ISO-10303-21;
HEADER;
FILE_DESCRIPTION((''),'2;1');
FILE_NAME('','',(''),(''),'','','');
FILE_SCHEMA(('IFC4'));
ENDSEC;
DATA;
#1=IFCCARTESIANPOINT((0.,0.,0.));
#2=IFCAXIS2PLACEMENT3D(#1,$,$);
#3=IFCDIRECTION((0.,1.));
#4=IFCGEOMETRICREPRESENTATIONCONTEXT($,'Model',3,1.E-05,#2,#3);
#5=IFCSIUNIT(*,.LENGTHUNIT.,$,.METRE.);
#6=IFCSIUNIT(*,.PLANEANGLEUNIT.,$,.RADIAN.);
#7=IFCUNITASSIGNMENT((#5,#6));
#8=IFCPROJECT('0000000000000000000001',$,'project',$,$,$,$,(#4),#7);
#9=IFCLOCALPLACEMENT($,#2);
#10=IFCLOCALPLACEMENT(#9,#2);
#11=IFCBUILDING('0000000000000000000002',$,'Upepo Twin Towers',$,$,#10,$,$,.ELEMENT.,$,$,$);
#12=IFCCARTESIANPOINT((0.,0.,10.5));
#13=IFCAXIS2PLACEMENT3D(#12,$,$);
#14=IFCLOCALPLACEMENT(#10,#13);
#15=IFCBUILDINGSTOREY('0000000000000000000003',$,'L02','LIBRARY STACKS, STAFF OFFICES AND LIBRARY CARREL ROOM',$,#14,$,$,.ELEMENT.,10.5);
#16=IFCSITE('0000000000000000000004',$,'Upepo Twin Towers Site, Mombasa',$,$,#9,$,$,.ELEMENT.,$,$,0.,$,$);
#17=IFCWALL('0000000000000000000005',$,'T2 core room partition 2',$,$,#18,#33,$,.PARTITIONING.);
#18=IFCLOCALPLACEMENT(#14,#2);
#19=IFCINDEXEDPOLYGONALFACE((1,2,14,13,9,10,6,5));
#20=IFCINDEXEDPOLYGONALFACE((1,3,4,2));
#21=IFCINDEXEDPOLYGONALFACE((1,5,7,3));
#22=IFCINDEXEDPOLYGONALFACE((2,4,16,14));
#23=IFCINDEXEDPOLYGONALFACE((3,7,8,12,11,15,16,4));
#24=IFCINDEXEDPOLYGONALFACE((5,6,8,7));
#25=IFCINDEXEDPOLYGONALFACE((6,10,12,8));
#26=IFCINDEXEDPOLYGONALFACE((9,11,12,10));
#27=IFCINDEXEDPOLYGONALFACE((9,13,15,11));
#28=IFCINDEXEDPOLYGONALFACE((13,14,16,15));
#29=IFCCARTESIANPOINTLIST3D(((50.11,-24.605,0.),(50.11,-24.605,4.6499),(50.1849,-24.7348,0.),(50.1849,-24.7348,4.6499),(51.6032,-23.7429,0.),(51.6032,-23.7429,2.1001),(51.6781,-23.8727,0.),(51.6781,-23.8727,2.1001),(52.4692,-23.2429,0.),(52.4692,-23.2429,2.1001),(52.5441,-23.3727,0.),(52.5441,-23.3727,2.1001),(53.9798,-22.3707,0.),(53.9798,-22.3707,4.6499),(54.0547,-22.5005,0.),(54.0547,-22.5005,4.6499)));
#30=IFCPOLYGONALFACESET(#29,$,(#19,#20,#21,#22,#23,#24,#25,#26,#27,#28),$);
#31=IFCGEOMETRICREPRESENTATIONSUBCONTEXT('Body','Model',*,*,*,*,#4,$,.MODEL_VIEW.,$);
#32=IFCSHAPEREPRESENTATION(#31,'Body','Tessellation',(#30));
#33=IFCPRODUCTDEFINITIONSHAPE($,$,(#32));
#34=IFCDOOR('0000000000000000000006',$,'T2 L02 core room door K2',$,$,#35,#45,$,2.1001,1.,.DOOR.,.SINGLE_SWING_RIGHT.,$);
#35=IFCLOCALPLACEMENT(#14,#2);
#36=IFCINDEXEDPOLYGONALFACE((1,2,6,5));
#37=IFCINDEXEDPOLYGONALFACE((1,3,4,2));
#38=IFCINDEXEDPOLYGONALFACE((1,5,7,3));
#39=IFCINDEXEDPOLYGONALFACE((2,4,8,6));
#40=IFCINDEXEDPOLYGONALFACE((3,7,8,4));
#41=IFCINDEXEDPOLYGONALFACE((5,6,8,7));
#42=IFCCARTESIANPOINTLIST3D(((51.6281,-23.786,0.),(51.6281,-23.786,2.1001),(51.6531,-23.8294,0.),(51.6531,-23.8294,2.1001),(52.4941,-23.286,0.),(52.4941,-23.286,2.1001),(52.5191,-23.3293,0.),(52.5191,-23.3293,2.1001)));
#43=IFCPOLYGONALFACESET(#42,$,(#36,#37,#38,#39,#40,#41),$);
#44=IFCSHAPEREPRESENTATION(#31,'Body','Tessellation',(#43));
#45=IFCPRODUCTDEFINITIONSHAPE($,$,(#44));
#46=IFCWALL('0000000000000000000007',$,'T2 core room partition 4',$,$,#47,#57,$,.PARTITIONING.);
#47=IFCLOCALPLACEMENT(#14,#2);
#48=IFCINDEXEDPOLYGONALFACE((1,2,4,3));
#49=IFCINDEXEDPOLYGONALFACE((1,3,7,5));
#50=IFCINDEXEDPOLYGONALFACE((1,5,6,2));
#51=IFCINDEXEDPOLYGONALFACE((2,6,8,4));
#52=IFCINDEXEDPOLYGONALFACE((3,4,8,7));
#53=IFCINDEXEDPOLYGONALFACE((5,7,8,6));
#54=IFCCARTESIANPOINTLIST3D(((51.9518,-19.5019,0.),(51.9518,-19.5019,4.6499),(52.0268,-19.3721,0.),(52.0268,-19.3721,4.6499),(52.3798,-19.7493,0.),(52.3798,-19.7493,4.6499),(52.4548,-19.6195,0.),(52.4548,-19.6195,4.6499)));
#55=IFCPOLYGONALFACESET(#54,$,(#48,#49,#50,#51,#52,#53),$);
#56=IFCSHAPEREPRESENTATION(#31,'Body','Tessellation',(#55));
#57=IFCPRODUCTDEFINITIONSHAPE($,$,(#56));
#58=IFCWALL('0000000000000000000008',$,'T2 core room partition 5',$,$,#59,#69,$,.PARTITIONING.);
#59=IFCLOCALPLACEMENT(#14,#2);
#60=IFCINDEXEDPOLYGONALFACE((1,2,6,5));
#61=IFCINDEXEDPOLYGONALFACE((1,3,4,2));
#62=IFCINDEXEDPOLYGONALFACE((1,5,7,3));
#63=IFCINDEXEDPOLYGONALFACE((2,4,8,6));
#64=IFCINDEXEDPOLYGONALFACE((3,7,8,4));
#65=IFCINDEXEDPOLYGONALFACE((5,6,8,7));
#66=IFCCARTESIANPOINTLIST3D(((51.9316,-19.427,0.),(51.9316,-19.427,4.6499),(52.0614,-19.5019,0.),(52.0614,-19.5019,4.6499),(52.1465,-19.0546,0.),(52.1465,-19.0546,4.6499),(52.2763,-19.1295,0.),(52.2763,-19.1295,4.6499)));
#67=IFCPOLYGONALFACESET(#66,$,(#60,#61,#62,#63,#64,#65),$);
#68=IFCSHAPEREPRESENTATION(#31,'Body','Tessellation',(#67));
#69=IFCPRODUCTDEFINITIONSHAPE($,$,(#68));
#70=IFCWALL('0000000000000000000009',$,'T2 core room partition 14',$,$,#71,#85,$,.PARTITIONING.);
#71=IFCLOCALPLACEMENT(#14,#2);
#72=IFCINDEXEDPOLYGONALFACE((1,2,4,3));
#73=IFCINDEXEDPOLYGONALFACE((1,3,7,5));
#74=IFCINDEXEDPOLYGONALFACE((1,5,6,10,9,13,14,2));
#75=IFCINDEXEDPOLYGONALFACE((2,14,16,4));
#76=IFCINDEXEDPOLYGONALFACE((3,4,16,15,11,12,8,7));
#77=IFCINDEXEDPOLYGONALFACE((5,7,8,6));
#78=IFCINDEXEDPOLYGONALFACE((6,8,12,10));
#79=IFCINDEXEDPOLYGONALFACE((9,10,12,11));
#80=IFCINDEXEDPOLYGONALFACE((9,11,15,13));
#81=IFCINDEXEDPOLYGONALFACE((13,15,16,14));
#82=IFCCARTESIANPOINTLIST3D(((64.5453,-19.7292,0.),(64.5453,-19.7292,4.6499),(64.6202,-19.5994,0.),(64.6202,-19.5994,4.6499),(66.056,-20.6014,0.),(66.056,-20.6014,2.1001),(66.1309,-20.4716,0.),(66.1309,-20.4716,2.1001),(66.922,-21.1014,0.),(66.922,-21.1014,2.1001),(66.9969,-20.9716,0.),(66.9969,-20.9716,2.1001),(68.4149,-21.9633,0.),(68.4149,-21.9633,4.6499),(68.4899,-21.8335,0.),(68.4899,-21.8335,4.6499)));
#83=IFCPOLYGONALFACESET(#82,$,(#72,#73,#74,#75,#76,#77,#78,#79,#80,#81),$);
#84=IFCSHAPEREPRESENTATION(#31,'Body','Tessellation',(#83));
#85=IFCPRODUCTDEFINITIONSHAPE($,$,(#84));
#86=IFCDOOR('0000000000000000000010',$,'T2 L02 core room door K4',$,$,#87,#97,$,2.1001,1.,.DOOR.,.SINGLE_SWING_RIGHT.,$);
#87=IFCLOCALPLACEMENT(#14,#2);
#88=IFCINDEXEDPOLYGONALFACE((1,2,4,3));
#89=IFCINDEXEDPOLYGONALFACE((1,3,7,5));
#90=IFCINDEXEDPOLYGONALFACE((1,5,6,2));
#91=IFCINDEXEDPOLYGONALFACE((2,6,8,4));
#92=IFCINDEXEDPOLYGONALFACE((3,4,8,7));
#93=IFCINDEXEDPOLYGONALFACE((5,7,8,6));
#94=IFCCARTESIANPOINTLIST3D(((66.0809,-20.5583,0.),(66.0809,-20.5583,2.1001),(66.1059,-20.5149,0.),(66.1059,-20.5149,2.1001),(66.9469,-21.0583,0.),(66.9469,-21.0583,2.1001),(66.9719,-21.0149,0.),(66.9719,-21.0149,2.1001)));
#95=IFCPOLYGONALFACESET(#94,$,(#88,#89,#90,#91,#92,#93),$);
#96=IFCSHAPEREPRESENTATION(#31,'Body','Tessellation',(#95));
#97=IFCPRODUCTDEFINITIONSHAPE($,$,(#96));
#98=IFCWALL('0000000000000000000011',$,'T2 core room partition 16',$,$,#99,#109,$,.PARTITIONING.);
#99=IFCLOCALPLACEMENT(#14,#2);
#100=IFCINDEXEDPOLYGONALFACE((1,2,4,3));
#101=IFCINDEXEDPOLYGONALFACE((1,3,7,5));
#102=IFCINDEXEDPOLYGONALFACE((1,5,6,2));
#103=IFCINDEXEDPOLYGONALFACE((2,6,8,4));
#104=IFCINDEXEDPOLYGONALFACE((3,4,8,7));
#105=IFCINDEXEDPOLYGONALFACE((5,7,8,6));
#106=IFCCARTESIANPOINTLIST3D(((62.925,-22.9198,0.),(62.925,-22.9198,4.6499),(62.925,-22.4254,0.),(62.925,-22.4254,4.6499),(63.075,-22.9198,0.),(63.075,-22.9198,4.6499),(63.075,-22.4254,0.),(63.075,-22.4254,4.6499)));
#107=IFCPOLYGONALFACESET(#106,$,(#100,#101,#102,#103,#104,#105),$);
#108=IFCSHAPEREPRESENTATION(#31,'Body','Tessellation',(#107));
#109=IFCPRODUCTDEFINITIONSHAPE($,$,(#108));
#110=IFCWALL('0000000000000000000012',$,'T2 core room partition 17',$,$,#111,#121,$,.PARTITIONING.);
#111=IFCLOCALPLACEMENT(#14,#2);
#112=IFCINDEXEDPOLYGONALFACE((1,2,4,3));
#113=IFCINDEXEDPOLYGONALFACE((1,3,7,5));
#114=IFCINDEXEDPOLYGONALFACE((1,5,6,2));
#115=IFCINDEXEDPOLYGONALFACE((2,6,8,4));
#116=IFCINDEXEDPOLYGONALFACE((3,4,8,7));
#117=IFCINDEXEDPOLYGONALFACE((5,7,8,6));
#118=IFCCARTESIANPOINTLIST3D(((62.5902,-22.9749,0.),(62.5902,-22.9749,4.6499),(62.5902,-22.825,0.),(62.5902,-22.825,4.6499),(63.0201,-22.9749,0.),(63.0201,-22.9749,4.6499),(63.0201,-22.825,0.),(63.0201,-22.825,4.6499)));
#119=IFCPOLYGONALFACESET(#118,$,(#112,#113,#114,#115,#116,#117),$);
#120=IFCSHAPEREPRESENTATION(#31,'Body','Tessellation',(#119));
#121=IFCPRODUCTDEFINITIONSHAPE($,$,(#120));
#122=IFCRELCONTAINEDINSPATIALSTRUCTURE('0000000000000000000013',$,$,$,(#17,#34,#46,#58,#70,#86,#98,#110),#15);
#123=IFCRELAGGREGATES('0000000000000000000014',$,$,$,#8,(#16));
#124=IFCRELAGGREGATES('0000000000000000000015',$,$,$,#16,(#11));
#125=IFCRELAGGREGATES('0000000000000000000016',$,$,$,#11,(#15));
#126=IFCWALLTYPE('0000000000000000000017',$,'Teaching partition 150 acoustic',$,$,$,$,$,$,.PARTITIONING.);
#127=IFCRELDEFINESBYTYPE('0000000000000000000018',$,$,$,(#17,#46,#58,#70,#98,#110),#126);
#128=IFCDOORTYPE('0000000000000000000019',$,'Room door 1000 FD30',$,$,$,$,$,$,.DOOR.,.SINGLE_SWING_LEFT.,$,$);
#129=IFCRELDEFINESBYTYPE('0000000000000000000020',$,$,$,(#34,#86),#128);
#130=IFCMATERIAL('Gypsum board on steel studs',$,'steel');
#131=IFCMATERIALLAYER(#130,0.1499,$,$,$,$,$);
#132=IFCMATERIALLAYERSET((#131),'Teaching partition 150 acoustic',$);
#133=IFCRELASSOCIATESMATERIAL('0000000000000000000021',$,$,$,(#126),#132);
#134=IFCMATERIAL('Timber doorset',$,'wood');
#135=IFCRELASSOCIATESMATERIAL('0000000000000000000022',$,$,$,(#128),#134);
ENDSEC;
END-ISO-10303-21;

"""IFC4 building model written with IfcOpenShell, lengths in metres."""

from ifc_helpers import new_model, si_unit, direction, frame, frame_2d, origin, place, context, subcontext, project, spatial, rectangle, extrude, material, layer, layer_set, type_object, element, fill, save


model = new_model("IFC4")

# Units and contexts
model_context = context("Model", 3, precision=1e-05, world=origin(), true_north=direction((0.0, 1.0)))
body_context = subcontext(model_context, "Body", "Model", "MODEL_VIEW")
ifc_project = project(units=[si_unit("LENGTHUNIT", "METRE"), si_unit("PLANEANGLEUNIT", "RADIAN")], contexts=[model_context])

# Site, building, storey
site_placement = place(None, origin())
site = spatial("IfcSite", under=ifc_project, at=site_placement, Name="Upepo Twin Towers Site, Mombasa", CompositionType="ELEMENT", RefElevation=0.0)
building_placement = place(site_placement, origin())
building = spatial("IfcBuilding", under=site, at=building_placement, Name="Upepo Twin Towers", CompositionType="ELEMENT")
storey_placement = place(building_placement, frame((0.0, 0.0, 10.5)))
storey = spatial("IfcBuildingStorey", under=building, at=storey_placement, Name="L02", Description="LIBRARY STACKS, STAFF OFFICES AND LIBRARY CARREL ROOM", CompositionType="ELEMENT", Elevation=10.5)

# Wall, opening, door
ifc_material_1 = material(Name="Gypsum board on steel studs", Category="steel")
ifc_layer_1 = layer(ifc_material_1, 0.1499)
ifc_layer_set_1 = layer_set([ifc_layer_1], Name="Teaching partition 150 acoustic")
wall_type_1 = type_object("IfcWallType", Name="Teaching partition 150 acoustic", PredefinedType="PARTITIONING", material=ifc_layer_set_1)
wall_1_placement = place(storey_placement, frame((54.0173, -22.4355, 0.0), z_axis=(0.0, 0.0, 1.0), x_axis=(-0.866015, -0.500017, 0.0)))
wall_1 = element("IfcWall", 1, at=wall_1_placement, inside=storey, type_object=wall_type_1, Name="T2 core room partition 2", PredefinedType="PARTITIONING", context=body_context, shape_type="SweptSolid", body=[
    extrude(rectangle(XDim=4.4685, YDim=0.1499, at=frame_2d((2.2344, 0.0))), origin(), (0.0, 0.0, 1.0), 4.6499),
])
opening_1_placement = place(wall_1_placement, frame((1.7444, 0.0, 0.0)))
opening_1 = element("IfcOpeningElement", 2, at=opening_1_placement, cuts=wall_1, PredefinedType="OPENING", context=body_context, shape_type="SweptSolid", body=[
    extrude(rectangle(XDim=1.0, YDim=2.1001, at=frame_2d((0.5, 1.05))), frame((0.0, 0.085, 0.0), z_axis=(0.0, -1.0, 0.0), x_axis=(1.0, 0.0, 0.0)), (0.0, 0.0, 1.0), 0.1699),
])
ifc_material_2 = material(Name="Timber doorset", Category="wood")
door_type_1 = type_object("IfcDoorType", Name="Room door 1000 FD30", OperationType="SINGLE_SWING_LEFT", PredefinedType="DOOR", material=ifc_material_2)
door_1_placement = place(opening_1_placement, origin())
door_1 = element("IfcDoor", 3, at=door_1_placement, inside=storey, type_object=door_type_1, Name="T2 L02 core room door K2", OperationType="SINGLE_SWING_RIGHT", OverallHeight=2.1001, OverallWidth=1.0, PredefinedType="DOOR", context=body_context, shape_type="SweptSolid", body=[
    extrude(rectangle(XDim=1.0, YDim=2.1001, at=frame_2d((0.5, 1.05))), frame((0.0, 0.0249, 0.0), z_axis=(0.0, -1.0, 0.0), x_axis=(1.0, 0.0, 0.0)), (0.0, 0.0, 1.0), 0.05),
])
fill(opening_1, door_1)

# Walls
wall_2_placement = place(storey_placement, frame((52.4172, -19.6843, 0.0), z_axis=(0.0, 0.0, 1.0), x_axis=(-0.865832, 0.500335, 0.0)))
element("IfcWall", 4, at=wall_2_placement, inside=storey, type_object=wall_type_1, Name="T2 core room partition 4", PredefinedType="PARTITIONING", context=body_context, shape_type="SweptSolid", body=[
    extrude(rectangle(XDim=0.4944, YDim=0.1499, at=frame_2d((0.2471, 0.0))), origin(), (0.0, 0.0, 1.0), 4.6499),
])
wall_3_placement = place(storey_placement, frame((51.9966, -19.4644, 0.0), z_axis=(0.0, 0.0, 1.0), x_axis=(0.499804, 0.866138, 0.0)))
element("IfcWall", 5, at=wall_3_placement, inside=storey, type_object=wall_type_1, Name="T2 core room partition 5", PredefinedType="PARTITIONING", context=body_context, shape_type="SweptSolid", body=[
    extrude(rectangle(XDim=0.4299, YDim=0.1499, at=frame_2d((0.2148, 0.0))), origin(), (0.0, 0.0, 1.0), 4.6499),
])

# Wall, opening, door
wall_4_placement = place(storey_placement, frame((64.5828, -19.6643, 0.0), z_axis=(0.0, 0.0, 1.0), x_axis=(0.866025, -0.5, 0.0)))
wall_4 = element("IfcWall", 6, at=wall_4_placement, inside=storey, type_object=wall_type_1, Name="T2 core room partition 14", PredefinedType="PARTITIONING", context=body_context, shape_type="SweptSolid", body=[
    extrude(rectangle(XDim=4.4683, YDim=0.1499, at=frame_2d((2.2341, 0.0))), origin(), (0.0, 0.0, 1.0), 4.6499),
])
opening_2_placement = place(wall_4_placement, frame((1.7444, 0.0, 0.0)))
opening_2 = element("IfcOpeningElement", 7, at=opening_2_placement, cuts=wall_4, PredefinedType="OPENING", context=body_context, shape_type="SweptSolid", body=[
    extrude(rectangle(XDim=1.0, YDim=2.1001, at=frame_2d((0.5, 1.05))), frame((0.0, 0.085, 0.0), z_axis=(0.0, -1.0, 0.0), x_axis=(1.0, 0.0, 0.0)), (0.0, 0.0, 1.0), 0.1699),
])
door_2_placement = place(opening_2_placement, origin())
door_2 = element("IfcDoor", 8, at=door_2_placement, inside=storey, type_object=door_type_1, Name="T2 L02 core room door K4", OperationType="SINGLE_SWING_RIGHT", OverallHeight=2.1001, OverallWidth=1.0, PredefinedType="DOOR", context=body_context, shape_type="SweptSolid", body=[
    extrude(rectangle(XDim=1.0, YDim=2.1001, at=frame_2d((0.5, 1.05))), frame((0.0, 0.0249, 0.0), z_axis=(0.0, -1.0, 0.0), x_axis=(1.0, 0.0, 0.0)), (0.0, 0.0, 1.0), 0.05),
])
fill(opening_2, door_2)

# Walls
wall_5_placement = place(storey_placement, frame((63.0, -22.4255, 0.0), z_axis=(0.0, 0.0, 1.0), x_axis=(0.0, -1.0, 0.0)))
element("IfcWall", 9, at=wall_5_placement, inside=storey, type_object=wall_type_1, Name="T2 core room partition 16", PredefinedType="PARTITIONING", context=body_context, shape_type="SweptSolid", body=[
    extrude(rectangle(XDim=0.4944, YDim=0.1499, at=frame_2d((0.2471, 0.0))), origin(), (0.0, 0.0, 1.0), 4.6499),
])
wall_6_placement = place(storey_placement, frame((63.02, -22.8999, 0.0), z_axis=(0.0, 0.0, 1.0), x_axis=(-1.0, 0.0, 0.0)))
element("IfcWall", 10, at=wall_6_placement, inside=storey, type_object=wall_type_1, Name="T2 core room partition 17", PredefinedType="PARTITIONING", context=body_context, shape_type="SweptSolid", body=[
    extrude(rectangle(XDim=0.4299, YDim=0.1499, at=frame_2d((0.2148, 0.0))), origin(), (0.0, 0.0, 1.0), 4.6499),
])

save(model, "model.ifc")
